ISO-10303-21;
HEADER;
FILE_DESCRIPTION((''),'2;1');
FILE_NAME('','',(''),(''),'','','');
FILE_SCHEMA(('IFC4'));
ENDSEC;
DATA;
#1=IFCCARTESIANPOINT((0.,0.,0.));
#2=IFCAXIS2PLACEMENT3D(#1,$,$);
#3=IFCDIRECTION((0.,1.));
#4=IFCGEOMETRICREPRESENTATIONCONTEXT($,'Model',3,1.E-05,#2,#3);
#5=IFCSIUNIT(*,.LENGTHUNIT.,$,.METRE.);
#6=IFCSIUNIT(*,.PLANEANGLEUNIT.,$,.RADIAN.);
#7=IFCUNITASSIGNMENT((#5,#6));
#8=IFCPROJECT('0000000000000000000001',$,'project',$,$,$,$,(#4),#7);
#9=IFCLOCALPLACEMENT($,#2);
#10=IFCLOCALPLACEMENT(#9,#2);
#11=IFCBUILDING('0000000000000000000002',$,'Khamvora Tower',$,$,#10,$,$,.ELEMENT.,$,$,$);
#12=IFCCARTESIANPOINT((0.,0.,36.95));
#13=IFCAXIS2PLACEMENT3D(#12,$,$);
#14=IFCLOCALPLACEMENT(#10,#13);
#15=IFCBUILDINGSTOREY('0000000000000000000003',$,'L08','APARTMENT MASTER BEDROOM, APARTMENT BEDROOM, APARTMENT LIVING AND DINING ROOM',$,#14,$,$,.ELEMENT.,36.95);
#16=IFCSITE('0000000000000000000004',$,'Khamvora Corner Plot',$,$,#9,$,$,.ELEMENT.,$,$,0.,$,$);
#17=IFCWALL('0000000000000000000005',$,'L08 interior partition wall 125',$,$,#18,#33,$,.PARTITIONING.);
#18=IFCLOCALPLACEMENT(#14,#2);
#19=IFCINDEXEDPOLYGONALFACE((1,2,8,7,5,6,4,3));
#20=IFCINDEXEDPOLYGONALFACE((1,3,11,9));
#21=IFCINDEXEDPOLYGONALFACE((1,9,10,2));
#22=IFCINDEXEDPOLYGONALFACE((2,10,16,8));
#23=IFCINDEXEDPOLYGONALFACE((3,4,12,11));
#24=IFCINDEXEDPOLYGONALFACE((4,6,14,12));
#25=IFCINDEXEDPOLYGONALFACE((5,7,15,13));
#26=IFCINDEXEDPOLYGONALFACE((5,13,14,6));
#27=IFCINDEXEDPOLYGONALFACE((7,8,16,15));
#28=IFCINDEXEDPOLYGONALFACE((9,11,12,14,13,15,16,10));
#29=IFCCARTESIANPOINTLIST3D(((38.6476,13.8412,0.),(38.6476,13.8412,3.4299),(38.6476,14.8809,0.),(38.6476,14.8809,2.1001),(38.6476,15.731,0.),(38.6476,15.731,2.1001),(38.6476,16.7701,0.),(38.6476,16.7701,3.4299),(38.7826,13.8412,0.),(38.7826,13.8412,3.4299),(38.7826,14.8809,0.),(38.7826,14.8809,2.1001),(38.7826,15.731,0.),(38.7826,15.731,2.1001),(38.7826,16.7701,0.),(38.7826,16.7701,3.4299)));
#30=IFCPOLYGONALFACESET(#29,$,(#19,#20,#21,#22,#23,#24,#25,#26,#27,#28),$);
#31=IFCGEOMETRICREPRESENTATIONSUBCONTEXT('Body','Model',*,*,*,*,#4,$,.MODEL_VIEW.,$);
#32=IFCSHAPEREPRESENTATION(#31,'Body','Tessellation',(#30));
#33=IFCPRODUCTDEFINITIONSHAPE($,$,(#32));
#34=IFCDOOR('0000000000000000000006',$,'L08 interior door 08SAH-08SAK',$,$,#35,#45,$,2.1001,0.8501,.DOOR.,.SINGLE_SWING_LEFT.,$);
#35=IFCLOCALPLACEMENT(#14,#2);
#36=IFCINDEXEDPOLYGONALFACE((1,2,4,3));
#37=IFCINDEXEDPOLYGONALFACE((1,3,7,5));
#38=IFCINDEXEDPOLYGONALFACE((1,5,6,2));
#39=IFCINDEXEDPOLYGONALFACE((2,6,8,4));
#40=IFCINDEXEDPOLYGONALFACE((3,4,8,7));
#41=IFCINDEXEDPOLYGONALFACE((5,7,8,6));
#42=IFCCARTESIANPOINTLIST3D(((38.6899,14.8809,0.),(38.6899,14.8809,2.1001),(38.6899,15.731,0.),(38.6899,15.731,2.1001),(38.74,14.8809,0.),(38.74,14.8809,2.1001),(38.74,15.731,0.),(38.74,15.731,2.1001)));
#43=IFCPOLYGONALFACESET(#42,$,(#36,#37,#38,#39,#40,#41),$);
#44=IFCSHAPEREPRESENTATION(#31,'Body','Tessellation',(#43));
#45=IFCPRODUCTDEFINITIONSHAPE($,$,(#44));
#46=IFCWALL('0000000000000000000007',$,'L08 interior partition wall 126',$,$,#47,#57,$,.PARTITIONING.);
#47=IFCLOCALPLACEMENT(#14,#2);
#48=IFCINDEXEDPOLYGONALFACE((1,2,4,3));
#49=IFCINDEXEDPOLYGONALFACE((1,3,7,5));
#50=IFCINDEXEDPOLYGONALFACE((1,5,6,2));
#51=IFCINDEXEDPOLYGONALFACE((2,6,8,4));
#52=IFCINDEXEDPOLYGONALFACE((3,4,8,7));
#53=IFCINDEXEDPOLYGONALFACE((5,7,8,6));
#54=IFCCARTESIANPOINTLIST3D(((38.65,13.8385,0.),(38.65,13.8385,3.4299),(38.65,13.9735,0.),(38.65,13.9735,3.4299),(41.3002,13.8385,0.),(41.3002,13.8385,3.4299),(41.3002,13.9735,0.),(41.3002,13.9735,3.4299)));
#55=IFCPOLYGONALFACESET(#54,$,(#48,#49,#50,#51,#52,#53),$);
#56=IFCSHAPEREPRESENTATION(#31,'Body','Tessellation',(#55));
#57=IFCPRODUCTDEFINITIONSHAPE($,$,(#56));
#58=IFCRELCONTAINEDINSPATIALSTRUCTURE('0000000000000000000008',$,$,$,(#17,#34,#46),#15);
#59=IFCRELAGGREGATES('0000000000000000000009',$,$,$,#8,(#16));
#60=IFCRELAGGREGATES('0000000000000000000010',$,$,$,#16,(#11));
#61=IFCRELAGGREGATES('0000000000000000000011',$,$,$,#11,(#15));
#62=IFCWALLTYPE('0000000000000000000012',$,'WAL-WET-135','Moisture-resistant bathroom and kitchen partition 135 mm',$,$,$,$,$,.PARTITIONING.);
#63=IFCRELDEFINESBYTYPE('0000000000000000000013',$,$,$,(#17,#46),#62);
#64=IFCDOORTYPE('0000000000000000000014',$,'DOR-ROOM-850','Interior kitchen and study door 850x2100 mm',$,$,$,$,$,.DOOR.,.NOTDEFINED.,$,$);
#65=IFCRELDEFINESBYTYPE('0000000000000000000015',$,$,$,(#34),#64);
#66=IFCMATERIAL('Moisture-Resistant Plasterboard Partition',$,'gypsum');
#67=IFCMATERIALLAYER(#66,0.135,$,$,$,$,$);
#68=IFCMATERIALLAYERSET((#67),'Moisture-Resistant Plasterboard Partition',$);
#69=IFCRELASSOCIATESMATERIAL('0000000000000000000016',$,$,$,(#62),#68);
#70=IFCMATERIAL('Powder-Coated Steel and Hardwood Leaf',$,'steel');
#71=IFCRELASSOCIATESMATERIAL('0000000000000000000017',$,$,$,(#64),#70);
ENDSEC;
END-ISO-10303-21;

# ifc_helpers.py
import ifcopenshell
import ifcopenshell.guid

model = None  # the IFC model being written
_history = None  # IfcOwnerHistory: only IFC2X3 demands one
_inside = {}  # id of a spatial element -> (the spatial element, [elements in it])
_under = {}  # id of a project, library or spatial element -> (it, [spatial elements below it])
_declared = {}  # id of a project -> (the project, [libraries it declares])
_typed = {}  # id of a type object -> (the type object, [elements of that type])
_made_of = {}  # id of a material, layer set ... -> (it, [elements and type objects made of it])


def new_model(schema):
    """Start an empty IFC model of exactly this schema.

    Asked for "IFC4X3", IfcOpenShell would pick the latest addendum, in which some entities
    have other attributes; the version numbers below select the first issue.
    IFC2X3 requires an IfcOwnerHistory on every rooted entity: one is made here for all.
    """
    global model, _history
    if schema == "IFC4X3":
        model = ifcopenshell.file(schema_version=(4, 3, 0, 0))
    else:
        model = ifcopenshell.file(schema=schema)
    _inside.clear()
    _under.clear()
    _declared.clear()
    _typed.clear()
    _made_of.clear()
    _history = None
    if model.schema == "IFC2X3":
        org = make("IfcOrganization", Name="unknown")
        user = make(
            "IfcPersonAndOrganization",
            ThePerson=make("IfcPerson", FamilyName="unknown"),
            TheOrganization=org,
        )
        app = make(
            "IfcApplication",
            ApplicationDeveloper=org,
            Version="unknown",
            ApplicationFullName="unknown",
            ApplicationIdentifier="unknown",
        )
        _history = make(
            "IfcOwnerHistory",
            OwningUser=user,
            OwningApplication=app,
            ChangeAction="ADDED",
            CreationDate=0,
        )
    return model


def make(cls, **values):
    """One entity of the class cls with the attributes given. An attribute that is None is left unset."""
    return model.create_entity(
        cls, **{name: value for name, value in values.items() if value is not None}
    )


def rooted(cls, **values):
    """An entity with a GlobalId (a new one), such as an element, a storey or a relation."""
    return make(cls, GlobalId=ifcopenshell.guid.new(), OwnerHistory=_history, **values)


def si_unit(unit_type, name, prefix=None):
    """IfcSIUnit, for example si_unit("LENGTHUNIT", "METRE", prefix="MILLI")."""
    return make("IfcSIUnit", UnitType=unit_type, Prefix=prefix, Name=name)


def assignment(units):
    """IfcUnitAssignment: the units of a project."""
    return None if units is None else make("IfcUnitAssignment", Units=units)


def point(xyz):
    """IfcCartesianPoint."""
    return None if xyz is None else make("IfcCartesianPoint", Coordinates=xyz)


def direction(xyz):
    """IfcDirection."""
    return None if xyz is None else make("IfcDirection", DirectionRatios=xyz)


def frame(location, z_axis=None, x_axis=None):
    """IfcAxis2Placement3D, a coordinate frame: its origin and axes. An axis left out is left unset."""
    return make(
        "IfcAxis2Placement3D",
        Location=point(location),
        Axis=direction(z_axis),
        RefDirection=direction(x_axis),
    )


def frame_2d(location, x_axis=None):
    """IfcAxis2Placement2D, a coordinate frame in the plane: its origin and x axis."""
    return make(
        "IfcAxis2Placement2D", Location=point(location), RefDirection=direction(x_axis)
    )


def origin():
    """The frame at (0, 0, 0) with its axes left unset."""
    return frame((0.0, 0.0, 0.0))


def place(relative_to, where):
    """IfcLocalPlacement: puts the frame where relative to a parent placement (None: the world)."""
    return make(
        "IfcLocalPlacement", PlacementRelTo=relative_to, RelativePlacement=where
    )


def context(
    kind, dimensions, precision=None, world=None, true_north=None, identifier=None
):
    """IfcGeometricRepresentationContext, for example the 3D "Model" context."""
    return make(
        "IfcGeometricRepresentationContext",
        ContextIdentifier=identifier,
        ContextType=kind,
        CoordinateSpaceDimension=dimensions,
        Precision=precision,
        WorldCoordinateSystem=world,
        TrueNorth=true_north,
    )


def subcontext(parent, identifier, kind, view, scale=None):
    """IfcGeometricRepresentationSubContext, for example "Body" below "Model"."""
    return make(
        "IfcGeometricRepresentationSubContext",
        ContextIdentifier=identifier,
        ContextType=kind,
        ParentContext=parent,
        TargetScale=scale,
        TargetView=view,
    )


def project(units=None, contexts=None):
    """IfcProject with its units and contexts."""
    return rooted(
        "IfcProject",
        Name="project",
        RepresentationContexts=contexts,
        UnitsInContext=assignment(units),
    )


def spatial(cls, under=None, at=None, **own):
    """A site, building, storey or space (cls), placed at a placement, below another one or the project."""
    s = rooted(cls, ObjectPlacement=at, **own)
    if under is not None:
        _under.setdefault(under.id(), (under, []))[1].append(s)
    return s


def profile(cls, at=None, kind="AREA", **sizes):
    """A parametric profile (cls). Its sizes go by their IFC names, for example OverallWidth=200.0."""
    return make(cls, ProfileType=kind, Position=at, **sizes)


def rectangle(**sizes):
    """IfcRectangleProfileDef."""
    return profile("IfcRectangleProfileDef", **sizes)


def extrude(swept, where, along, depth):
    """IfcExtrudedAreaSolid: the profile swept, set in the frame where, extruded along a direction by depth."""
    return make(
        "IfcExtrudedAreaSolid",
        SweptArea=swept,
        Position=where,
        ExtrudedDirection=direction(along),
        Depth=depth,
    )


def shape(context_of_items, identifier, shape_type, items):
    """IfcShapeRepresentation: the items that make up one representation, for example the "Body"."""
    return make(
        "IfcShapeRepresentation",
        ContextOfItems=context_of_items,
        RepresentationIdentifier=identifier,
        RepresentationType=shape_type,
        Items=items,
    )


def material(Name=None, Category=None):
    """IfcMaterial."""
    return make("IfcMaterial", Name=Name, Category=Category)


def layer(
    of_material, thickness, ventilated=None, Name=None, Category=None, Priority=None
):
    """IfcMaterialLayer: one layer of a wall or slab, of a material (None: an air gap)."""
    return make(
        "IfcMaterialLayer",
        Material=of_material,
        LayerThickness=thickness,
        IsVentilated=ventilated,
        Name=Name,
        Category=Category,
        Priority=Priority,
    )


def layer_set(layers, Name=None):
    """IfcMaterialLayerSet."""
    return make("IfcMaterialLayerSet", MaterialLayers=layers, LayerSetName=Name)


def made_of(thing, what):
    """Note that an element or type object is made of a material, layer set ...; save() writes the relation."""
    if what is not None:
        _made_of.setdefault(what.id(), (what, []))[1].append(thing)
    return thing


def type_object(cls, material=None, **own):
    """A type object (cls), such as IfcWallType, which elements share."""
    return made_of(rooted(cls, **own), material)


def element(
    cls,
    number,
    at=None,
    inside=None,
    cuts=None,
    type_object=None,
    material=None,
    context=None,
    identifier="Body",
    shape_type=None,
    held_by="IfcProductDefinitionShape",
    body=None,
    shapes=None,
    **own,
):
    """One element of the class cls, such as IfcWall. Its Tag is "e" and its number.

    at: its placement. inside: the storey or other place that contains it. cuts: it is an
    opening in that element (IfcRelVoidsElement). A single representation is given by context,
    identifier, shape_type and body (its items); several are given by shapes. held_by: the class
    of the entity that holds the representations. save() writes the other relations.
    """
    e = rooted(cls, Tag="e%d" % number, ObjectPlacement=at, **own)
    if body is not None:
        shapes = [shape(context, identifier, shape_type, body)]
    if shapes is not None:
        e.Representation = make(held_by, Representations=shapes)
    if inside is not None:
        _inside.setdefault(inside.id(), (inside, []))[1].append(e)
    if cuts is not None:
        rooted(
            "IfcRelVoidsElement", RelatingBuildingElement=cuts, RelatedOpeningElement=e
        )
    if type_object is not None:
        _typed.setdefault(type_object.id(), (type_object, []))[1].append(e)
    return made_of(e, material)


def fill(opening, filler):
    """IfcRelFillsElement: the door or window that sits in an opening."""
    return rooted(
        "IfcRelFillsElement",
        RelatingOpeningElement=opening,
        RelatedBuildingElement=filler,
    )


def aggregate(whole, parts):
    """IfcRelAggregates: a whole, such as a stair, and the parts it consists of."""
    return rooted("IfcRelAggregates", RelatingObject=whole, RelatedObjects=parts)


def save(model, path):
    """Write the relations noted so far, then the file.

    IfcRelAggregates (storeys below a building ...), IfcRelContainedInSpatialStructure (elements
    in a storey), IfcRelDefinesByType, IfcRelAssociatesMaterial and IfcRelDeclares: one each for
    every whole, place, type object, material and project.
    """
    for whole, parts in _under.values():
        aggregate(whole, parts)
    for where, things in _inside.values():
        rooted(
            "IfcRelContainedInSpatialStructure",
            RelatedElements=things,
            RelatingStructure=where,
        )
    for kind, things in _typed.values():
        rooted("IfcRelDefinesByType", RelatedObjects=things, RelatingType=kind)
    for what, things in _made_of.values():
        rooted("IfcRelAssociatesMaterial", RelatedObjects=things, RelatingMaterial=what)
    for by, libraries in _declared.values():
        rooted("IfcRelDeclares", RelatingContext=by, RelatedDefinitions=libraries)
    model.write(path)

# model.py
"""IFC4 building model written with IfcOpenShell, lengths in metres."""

from ifc_helpers import new_model, si_unit, direction, frame, frame_2d, origin, place, context, subcontext, project, spatial, rectangle, extrude, material, layer, layer_set, type_object, element, fill, save


model = new_model("IFC4")

# Units and contexts
model_context = context("Model", 3, precision=1e-05, world=origin(), true_north=direction((0.0, 1.0)))
body_context = subcontext(model_context, "Body", "Model", "MODEL_VIEW")
ifc_project = project(units=[si_unit("LENGTHUNIT", "METRE"), si_unit("PLANEANGLEUNIT", "RADIAN")], contexts=[model_context])

# Site, building, storey
site_placement = place(None, origin())
site = spatial("IfcSite", under=ifc_project, at=site_placement, Name="Khamvora Corner Plot", CompositionType="ELEMENT", RefElevation=0.0)
building_placement = place(site_placement, origin())
building = spatial("IfcBuilding", under=site, at=building_placement, Name="Khamvora Tower", CompositionType="ELEMENT")
storey_placement = place(building_placement, frame((0.0, 0.0, 36.95)))
storey = spatial("IfcBuildingStorey", under=building, at=storey_placement, Name="L08", Description="APARTMENT MASTER BEDROOM, APARTMENT BEDROOM, APARTMENT LIVING AND DINING ROOM", CompositionType="ELEMENT", Elevation=36.95)

# Shared definitions
ifc_material_1 = material(Name="Powder-Coated Steel and Hardwood Leaf", Category="steel")

# Shared definitions
ifc_material_2 = material(Name="Moisture-Resistant Plasterboard Partition", Category="gypsum")
ifc_layer_1 = layer(ifc_material_2, 0.135)
ifc_layer_set_1 = layer_set([ifc_layer_1], Name="Moisture-Resistant Plasterboard Partition")
wall_type_1 = type_object("IfcWallType", Name="WAL-WET-135", Description="Moisture-resistant bathroom and kitchen partition 135 mm", PredefinedType="PARTITIONING", material=ifc_layer_set_1)

# Wall, opening, door
wall_1_placement = place(storey_placement, frame((38.7151, 16.77, 0.0), z_axis=(0.0, 0.0, 1.0), x_axis=(0.0, -1.0, 0.0)))
wall_1 = element("IfcWall", 1, at=wall_1_placement, inside=storey, type_object=wall_type_1, Name="L08 interior partition wall 125", PredefinedType="PARTITIONING", context=body_context, shape_type="SweptSolid", body=[
    extrude(rectangle(XDim=2.929, YDim=0.135, at=frame_2d((1.4644, 0.0))), origin(), (0.0, 0.0, 1.0), 3.4299),
])
opening_1_placement = place(wall_1_placement, frame((1.0391, 0.0, 0.0)))
opening_1 = element("IfcOpeningElement", 2, at=opening_1_placement, cuts=wall_1, PredefinedType="OPENING", context=body_context, shape_type="SweptSolid", body=[
    extrude(rectangle(XDim=0.8501, YDim=2.1001, at=frame_2d((0.425, 1.05))), frame((0.0, 0.0774, 0.0), z_axis=(0.0, -1.0, 0.0), x_axis=(1.0, 0.0, 0.0)), (0.0, 0.0, 1.0), 0.155),
])
door_type_1 = type_object("IfcDoorType", Name="DOR-ROOM-850", Description="Interior kitchen and study door 850x2100 mm", OperationType="NOTDEFINED", PredefinedType="DOOR", material=ifc_material_1)
door_1_placement = place(opening_1_placement, origin())
door_1 = element("IfcDoor", 3, at=door_1_placement, inside=storey, type_object=door_type_1, Name="L08 interior door 08SAH-08SAK", OperationType="SINGLE_SWING_LEFT", OverallHeight=2.1001, OverallWidth=0.8501, PredefinedType="DOOR", context=body_context, shape_type="SweptSolid", body=[
    extrude(rectangle(XDim=0.8501, YDim=2.1001, at=frame_2d((0.425, 1.05))), frame((0.0, 0.0249, 0.0), z_axis=(0.0, -1.0, 0.0), x_axis=(1.0, 0.0, 0.0)), (0.0, 0.0, 1.0), 0.05),
])
fill(opening_1, door_1)

# Wall
wall_2_placement = place(storey_placement, frame((38.6499, 13.906, 0.0), z_axis=(0.0, 0.0, 1.0), x_axis=(1.0, 0.0, 0.0)))
element("IfcWall", 4, at=wall_2_placement, inside=storey, type_object=wall_type_1, Name="L08 interior partition wall 126", PredefinedType="PARTITIONING", context=body_context, shape_type="SweptSolid", body=[
    extrude(rectangle(XDim=2.6501, YDim=0.135, at=frame_2d((1.3252, 0.0))), origin(), (0.0, 0.0, 1.0), 3.4299),
])

save(model, "model.ifc")
